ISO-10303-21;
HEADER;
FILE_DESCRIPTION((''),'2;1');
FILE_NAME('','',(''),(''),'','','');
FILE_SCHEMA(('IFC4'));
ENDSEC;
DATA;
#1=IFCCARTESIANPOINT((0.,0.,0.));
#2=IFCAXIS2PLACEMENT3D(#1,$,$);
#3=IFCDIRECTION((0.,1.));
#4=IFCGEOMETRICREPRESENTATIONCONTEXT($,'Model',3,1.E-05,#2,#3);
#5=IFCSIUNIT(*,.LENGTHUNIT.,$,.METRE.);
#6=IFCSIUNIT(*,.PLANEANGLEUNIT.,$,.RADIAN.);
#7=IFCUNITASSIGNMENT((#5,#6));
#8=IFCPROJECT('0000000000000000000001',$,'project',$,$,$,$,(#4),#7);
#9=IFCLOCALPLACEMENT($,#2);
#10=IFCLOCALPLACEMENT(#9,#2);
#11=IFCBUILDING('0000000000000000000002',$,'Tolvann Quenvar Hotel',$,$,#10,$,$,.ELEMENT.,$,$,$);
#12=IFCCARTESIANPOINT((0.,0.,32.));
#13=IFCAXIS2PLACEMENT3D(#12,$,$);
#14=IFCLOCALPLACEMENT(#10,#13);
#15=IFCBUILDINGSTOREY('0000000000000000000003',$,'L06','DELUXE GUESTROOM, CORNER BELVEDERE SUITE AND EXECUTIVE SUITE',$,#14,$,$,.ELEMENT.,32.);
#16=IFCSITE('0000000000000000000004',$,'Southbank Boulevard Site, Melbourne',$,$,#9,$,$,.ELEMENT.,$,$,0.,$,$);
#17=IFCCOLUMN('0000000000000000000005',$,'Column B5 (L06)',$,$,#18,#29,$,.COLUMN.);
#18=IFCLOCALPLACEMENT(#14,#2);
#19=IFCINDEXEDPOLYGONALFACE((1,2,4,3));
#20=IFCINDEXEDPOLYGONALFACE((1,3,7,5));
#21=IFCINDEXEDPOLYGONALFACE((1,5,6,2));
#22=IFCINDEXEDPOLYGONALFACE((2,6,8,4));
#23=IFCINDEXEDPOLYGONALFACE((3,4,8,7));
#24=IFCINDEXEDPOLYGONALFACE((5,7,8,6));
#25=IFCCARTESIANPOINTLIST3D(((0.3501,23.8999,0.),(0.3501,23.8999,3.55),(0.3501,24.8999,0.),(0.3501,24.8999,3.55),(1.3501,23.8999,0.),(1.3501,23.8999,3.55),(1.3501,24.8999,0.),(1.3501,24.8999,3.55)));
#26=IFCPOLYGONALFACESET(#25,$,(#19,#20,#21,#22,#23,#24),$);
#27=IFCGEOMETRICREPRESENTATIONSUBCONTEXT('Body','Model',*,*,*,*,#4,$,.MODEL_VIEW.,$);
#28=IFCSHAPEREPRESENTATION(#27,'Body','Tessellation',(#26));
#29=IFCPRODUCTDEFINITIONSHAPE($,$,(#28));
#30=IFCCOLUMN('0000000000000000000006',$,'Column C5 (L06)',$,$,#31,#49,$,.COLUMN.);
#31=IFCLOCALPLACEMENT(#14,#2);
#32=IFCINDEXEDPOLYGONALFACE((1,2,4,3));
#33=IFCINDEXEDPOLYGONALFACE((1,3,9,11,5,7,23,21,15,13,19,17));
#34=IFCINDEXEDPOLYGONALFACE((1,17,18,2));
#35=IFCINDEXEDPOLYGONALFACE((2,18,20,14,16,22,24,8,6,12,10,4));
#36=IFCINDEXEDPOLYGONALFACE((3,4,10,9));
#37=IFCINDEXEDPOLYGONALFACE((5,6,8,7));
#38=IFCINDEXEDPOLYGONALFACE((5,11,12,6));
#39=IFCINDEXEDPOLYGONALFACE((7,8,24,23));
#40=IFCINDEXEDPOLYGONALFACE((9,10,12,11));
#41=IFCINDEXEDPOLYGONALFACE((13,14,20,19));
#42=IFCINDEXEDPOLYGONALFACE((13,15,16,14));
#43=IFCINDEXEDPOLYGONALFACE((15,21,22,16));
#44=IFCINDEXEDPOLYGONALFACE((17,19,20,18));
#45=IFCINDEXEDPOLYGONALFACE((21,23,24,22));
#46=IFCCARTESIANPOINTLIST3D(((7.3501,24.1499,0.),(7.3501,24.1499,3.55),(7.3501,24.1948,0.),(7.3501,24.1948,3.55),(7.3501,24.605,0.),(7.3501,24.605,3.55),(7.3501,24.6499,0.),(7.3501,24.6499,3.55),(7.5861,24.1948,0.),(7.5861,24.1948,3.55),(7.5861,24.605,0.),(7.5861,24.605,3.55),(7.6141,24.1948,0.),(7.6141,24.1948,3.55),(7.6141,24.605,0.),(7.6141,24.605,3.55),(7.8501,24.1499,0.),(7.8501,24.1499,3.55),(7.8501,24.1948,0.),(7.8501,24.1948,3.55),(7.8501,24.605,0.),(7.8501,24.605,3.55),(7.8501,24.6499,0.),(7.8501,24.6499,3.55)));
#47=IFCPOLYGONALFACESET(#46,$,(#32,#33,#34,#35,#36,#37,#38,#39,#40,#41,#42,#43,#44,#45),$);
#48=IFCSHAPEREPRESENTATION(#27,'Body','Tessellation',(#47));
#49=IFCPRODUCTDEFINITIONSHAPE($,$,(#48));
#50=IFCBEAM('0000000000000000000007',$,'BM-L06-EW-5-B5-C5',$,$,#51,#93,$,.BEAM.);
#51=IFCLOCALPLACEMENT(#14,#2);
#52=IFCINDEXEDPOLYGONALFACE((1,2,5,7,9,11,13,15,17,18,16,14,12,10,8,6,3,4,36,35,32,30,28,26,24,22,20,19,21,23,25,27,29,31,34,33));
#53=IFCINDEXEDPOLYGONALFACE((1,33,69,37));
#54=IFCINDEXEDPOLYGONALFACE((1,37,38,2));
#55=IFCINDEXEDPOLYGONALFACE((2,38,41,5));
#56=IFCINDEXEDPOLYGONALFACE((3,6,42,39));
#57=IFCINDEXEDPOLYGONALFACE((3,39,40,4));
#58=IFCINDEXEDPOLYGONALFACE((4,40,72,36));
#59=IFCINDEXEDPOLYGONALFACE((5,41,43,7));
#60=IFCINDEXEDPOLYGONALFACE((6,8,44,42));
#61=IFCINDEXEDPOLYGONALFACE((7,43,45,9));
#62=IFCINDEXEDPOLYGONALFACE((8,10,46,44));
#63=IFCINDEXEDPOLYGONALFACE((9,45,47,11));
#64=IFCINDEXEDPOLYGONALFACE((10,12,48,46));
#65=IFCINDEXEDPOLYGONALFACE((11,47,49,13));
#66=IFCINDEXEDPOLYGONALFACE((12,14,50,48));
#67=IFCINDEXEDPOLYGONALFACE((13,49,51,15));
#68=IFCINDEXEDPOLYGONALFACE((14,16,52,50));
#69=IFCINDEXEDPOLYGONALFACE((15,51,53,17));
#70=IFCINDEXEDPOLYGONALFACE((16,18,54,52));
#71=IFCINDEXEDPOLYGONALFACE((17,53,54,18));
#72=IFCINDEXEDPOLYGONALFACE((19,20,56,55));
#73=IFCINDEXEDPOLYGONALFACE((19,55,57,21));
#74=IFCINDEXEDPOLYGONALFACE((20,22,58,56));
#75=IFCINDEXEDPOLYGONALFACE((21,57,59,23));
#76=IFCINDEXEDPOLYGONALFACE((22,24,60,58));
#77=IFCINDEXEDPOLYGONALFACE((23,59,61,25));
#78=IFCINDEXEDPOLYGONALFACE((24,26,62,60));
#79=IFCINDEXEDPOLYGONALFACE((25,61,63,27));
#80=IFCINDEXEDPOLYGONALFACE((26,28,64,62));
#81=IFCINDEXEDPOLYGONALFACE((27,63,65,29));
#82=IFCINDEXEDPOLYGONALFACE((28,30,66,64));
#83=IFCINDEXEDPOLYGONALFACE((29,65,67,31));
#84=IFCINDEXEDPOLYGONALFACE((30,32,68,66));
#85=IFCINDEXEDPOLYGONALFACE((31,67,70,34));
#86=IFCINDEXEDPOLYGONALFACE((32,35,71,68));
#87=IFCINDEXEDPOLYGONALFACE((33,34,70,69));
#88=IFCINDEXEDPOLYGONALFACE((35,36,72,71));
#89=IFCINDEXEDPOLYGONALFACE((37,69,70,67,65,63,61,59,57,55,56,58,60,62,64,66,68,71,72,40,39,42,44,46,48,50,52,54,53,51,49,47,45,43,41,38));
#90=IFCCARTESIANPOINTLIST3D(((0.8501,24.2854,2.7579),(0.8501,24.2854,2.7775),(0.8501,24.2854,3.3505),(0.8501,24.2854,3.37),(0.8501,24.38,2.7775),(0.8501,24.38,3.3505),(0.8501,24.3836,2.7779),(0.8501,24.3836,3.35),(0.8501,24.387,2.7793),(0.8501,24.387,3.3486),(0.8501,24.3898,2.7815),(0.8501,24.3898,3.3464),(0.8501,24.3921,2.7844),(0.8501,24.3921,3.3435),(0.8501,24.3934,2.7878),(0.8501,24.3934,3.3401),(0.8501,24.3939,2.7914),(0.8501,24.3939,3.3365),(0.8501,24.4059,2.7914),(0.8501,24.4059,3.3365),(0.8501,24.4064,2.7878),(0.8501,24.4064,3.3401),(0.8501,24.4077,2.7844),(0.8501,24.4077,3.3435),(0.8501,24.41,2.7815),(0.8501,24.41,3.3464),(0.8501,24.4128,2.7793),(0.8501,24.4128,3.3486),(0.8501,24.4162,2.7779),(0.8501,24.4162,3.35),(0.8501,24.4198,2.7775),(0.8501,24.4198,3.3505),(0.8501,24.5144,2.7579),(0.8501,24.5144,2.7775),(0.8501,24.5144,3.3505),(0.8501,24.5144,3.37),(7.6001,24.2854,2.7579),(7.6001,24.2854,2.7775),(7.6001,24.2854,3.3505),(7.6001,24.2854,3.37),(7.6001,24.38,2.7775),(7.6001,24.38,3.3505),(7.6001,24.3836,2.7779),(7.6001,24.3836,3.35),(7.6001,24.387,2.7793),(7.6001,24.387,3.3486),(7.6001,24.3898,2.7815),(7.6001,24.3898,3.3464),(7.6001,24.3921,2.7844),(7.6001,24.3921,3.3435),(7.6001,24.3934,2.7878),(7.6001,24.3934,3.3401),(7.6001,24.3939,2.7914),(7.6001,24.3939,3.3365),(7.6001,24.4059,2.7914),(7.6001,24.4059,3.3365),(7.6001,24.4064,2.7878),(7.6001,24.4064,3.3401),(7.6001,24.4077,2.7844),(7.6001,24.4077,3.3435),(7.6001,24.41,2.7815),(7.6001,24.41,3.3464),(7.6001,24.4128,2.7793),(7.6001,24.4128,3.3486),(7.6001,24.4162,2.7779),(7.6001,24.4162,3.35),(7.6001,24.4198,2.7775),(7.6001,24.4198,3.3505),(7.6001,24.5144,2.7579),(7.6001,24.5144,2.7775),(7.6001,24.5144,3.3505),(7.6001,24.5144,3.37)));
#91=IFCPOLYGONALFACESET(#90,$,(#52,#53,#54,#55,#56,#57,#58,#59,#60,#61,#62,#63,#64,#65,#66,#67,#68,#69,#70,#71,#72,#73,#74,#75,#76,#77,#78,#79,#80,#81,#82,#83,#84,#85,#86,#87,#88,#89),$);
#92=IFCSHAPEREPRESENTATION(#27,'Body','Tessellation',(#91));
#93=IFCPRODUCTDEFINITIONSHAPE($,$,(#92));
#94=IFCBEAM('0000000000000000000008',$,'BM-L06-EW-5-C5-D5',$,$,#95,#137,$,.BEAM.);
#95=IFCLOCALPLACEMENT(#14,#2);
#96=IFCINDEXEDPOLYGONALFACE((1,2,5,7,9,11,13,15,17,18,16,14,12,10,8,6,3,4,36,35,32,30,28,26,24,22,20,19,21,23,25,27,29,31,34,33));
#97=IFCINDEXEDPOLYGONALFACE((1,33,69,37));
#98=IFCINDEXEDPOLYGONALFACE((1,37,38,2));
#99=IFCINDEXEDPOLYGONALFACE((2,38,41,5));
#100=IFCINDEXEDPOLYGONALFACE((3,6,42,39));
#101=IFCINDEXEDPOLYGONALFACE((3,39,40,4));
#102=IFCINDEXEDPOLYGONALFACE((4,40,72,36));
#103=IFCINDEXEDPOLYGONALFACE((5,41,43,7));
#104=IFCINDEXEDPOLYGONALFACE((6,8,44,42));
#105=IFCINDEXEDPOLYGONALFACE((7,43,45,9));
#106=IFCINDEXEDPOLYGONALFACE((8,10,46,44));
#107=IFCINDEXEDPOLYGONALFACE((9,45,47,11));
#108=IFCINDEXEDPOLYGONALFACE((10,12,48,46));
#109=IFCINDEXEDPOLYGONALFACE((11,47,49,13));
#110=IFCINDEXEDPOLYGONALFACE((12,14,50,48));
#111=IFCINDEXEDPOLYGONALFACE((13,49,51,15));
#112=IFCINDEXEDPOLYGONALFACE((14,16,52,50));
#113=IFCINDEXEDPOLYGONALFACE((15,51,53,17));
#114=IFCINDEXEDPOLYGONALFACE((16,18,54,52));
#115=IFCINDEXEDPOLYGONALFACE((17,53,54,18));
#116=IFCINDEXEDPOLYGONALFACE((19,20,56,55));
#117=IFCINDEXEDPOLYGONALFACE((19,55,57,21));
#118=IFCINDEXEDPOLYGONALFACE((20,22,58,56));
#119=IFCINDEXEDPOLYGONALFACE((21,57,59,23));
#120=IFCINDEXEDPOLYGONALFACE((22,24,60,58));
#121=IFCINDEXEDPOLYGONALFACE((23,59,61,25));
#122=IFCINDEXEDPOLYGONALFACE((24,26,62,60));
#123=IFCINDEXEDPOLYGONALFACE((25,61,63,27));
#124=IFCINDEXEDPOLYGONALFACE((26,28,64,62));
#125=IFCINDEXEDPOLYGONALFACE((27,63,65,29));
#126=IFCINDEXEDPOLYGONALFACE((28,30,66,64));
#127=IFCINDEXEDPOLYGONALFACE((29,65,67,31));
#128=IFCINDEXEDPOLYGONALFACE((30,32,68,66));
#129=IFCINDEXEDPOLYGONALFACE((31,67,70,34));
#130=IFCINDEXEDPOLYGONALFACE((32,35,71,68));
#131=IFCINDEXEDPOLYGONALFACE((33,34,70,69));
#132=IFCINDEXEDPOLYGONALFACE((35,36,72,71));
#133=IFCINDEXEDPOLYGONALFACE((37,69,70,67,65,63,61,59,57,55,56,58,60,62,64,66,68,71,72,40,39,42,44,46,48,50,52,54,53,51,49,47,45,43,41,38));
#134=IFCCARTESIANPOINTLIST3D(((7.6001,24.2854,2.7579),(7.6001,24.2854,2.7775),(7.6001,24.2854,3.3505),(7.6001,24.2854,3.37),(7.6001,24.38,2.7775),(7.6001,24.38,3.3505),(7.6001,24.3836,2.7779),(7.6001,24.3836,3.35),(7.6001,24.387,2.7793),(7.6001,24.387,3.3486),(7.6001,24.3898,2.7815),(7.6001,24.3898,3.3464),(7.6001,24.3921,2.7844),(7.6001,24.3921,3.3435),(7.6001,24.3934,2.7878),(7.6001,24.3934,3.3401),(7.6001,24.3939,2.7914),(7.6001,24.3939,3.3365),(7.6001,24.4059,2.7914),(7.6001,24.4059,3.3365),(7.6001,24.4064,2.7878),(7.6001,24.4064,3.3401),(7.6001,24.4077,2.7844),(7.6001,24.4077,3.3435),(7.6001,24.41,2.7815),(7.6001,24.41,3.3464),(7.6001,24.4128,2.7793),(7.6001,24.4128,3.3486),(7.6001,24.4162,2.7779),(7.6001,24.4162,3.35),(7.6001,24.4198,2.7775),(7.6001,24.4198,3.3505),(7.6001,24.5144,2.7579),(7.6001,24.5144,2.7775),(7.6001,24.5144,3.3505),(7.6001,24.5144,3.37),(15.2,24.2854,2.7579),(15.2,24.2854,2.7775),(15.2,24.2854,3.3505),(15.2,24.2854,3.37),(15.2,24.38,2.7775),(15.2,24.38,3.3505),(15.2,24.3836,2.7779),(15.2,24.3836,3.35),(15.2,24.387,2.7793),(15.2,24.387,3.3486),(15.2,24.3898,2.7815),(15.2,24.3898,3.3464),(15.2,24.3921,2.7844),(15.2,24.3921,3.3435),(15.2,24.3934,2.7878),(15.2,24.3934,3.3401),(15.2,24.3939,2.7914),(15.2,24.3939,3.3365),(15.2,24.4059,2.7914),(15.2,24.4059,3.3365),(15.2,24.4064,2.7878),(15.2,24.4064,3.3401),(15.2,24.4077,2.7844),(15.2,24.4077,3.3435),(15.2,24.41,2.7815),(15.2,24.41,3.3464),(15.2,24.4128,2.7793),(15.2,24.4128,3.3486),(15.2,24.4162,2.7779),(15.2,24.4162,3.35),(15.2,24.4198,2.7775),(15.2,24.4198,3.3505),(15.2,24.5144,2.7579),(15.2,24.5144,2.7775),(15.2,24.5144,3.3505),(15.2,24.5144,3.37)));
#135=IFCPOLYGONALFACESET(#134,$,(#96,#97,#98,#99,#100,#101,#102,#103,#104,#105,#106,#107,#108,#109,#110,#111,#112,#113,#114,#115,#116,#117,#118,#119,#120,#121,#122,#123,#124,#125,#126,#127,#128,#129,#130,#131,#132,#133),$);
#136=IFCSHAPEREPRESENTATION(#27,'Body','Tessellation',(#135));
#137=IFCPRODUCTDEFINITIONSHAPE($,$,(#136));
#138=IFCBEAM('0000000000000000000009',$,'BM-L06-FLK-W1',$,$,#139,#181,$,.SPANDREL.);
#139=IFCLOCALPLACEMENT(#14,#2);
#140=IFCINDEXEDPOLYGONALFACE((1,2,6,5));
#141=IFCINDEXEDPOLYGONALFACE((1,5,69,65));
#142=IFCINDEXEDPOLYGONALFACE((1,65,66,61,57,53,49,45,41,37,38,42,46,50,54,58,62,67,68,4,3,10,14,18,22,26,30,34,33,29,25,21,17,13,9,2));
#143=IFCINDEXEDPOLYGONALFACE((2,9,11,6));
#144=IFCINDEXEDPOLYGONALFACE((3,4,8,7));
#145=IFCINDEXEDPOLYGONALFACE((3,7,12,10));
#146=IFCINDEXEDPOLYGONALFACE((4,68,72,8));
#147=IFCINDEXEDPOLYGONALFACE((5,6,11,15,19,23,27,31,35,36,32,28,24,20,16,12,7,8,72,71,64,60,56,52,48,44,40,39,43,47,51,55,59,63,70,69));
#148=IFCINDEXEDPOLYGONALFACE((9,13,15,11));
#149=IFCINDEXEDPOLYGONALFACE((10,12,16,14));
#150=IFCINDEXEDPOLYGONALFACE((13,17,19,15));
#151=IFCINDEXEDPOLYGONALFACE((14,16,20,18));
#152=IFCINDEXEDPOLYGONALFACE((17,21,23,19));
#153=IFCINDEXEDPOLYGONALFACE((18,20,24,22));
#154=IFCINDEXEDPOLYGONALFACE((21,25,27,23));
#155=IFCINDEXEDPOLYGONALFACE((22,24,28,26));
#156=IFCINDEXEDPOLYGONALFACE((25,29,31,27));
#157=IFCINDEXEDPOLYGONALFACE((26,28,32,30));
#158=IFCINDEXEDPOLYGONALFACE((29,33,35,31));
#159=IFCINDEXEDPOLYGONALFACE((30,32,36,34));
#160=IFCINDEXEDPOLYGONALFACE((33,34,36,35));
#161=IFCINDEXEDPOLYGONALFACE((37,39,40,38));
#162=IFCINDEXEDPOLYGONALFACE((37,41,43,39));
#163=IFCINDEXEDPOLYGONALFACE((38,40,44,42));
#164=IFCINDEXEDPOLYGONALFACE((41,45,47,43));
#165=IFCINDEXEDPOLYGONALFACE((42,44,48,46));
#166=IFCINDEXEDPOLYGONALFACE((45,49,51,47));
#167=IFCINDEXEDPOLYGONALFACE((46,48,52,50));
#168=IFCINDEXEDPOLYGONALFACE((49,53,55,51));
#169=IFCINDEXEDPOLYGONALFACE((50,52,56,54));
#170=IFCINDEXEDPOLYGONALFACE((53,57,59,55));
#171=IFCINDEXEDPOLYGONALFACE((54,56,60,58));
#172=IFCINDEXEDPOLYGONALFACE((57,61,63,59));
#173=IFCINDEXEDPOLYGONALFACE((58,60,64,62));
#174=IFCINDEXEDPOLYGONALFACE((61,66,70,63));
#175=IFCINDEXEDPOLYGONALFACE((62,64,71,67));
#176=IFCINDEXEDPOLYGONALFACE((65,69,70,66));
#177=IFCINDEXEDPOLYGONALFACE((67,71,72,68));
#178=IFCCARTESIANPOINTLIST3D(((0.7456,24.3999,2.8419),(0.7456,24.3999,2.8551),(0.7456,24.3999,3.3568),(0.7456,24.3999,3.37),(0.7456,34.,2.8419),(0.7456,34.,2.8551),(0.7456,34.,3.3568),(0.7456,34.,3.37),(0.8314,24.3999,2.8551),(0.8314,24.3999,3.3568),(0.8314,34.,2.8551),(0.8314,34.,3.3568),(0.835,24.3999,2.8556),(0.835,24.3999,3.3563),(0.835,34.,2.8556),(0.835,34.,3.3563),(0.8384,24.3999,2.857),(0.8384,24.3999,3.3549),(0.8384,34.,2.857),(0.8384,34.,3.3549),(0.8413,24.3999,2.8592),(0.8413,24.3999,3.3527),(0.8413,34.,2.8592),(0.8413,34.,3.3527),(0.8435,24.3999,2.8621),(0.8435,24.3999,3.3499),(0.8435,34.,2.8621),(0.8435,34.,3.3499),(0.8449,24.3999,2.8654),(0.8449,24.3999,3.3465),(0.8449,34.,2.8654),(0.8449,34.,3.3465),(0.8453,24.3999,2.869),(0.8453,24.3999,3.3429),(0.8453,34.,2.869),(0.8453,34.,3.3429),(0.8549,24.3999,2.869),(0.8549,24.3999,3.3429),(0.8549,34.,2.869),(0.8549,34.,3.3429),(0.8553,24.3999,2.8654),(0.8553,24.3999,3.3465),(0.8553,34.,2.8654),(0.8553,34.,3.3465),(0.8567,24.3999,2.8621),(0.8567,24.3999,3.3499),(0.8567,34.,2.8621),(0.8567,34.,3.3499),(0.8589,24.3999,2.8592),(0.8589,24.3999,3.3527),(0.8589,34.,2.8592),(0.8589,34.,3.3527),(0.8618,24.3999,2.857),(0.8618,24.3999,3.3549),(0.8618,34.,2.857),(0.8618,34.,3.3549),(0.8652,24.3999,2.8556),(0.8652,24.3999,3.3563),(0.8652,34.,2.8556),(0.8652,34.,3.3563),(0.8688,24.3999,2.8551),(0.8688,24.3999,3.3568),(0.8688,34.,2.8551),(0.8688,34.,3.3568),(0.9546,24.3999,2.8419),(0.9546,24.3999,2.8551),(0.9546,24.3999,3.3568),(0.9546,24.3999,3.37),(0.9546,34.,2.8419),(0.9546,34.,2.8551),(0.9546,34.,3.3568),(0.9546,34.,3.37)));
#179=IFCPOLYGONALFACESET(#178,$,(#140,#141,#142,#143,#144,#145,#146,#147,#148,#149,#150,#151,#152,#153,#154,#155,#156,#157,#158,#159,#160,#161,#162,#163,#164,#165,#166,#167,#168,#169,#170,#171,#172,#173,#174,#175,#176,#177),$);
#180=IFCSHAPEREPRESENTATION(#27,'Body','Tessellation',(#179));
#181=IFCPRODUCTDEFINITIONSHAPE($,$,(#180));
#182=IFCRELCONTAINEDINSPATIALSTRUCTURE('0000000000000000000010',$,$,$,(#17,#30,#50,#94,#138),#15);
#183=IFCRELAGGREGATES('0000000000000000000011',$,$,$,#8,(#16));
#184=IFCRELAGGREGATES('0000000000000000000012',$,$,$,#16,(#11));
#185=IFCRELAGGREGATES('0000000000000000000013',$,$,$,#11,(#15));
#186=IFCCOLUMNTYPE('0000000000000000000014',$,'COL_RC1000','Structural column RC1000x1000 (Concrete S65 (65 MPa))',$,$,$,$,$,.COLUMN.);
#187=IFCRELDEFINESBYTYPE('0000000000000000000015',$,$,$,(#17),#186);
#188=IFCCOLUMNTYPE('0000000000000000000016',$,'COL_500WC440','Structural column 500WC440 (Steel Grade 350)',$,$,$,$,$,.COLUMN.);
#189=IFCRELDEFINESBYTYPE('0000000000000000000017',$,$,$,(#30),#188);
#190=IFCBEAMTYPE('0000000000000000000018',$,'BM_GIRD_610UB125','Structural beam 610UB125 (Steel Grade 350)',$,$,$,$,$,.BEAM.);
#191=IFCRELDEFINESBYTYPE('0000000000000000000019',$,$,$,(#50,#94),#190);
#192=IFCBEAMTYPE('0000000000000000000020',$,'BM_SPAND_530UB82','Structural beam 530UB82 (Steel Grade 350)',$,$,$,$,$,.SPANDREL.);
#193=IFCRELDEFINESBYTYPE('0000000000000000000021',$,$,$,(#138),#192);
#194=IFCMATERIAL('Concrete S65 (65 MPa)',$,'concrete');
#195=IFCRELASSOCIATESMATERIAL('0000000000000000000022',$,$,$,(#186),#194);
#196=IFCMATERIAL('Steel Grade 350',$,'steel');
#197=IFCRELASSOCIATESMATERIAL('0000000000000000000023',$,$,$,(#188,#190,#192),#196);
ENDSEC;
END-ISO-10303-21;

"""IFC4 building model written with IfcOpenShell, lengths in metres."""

from ifc_helpers import new_model, si_unit, direction, frame, origin, origin_2d, place, context, subcontext, project, spatial, rectangle, i_section, extrude, source, transform, mapped, material, material_profile, profile_set, type_object, type_shapes, element, save


model = new_model("IFC4")

# Units and contexts
model_context = context("Model", 3, precision=1e-05, world=origin(), true_north=direction((0.0, 1.0)))
body_context = subcontext(model_context, "Body", "Model", "MODEL_VIEW")
ifc_project = project(units=[si_unit("LENGTHUNIT", "METRE"), si_unit("PLANEANGLEUNIT", "RADIAN")], contexts=[model_context])

# Site, building, storey
site_placement = place(None, origin())
site = spatial("IfcSite", under=ifc_project, at=site_placement, Name="Southbank Boulevard Site, Melbourne", CompositionType="ELEMENT", RefElevation=0.0)
building_placement = place(site_placement, origin())
building = spatial("IfcBuilding", under=site, at=building_placement, Name="Tolvann Quenvar Hotel", CompositionType="ELEMENT")
storey_placement = place(building_placement, frame((0.0, 0.0, 32.0)))
storey = spatial("IfcBuildingStorey", under=building, at=storey_placement, Name="L06", Description="DELUXE GUESTROOM, CORNER BELVEDERE SUITE AND EXECUTIVE SUITE", CompositionType="ELEMENT", Elevation=32.0)

# Columns
ifc_material_1 = material(Name="Concrete S65 (65 MPa)", Category="concrete")
ifc_material_profile_1 = material_profile(ifc_material_1, rectangle(XDim=1.0, YDim=1.0, at=origin_2d()), Name="RC1000x1000")
ifc_profile_set_1 = profile_set([ifc_material_profile_1], Name="Concrete S65 (65 MPa)")
column_type_1 = type_object("IfcColumnType", Name="COL_RC1000", Description="Structural column RC1000x1000 (Concrete S65 (65 MPa))", PredefinedType="COLUMN", material=ifc_profile_set_1)
shared_shape_1 = source(origin(), body_context, "Body", "SweptSolid", [
    extrude(rectangle(XDim=1.0, YDim=1.0, at=origin_2d()), origin(), (0.0, 0.0, 1.0), 3.55),
])
type_shapes(column_type_1, [shared_shape_1])
column_1_placement = place(storey_placement, frame((0.8501, 24.3999, 0.0), z_axis=(0.0, 0.0, 1.0), x_axis=(1.0, 0.0, 0.0)))
element("IfcColumn", 1, at=column_1_placement, inside=storey, type_object=column_type_1, Name="Column B5 (L06)", PredefinedType="COLUMN", context=body_context, shape_type="MappedRepresentation", body=[
    mapped(shared_shape_1, transform((0.0, 0.0, 0.0), x_axis=(1.0, 0.0, 0.0), y_axis=(0.0, 1.0, 0.0), z_axis=(0.0, 0.0, 1.0), scale=1.0)),
])
ifc_material_2 = material(Name="Steel Grade 350", Category="steel")
ifc_material_profile_2 = material_profile(ifc_material_2, i_section(OverallWidth=0.5, OverallDepth=0.5, WebThickness=0.0281, FlangeThickness=0.0449, at=origin_2d()), Name="500WC440")
ifc_profile_set_2 = profile_set([ifc_material_profile_2], Name="Steel Grade 350")
column_type_2 = type_object("IfcColumnType", Name="COL_500WC440", Description="Structural column 500WC440 (Steel Grade 350)", PredefinedType="COLUMN", material=ifc_profile_set_2)
shared_shape_2 = source(origin(), body_context, "Body", "SweptSolid", [
    extrude(i_section(OverallWidth=0.5, OverallDepth=0.5, WebThickness=0.0281, FlangeThickness=0.0449, at=origin_2d()), origin(), (0.0, 0.0, 1.0), 3.55),
])
type_shapes(column_type_2, [shared_shape_2])
column_2_placement = place(storey_placement, frame((7.6001, 24.3999, 0.0), z_axis=(0.0, 0.0, 1.0), x_axis=(1.0, 0.0, 0.0)))
element("IfcColumn", 2, at=column_2_placement, inside=storey, type_object=column_type_2, Name="Column C5 (L06)", PredefinedType="COLUMN", context=body_context, shape_type="MappedRepresentation", body=[
    mapped(shared_shape_2, transform((0.0, 0.0, 0.0), x_axis=(1.0, 0.0, 0.0), y_axis=(0.0, 1.0, 0.0), z_axis=(0.0, 0.0, 1.0), scale=1.0)),
])

# Beams
ifc_material_profile_3 = material_profile(ifc_material_2, i_section(OverallWidth=0.229, OverallDepth=0.6121, WebThickness=0.012, FlangeThickness=0.0195, FilletRadius=0.0139, at=origin_2d()), Name="610UB125")
ifc_profile_set_3 = profile_set([ifc_material_profile_3], Name="Steel Grade 350")
beam_type_1 = type_object("IfcBeamType", Name="BM_GIRD_610UB125", Description="Structural beam 610UB125 (Steel Grade 350)", PredefinedType="BEAM", material=ifc_profile_set_3)
shared_shape_3 = source(origin(), body_context, "Body", "SweptSolid", [
    extrude(i_section(OverallWidth=0.229, OverallDepth=0.6121, WebThickness=0.012, FlangeThickness=0.0195, FilletRadius=0.0139, at=origin_2d()), origin(), (0.0, 0.0, 1.0), 6.75),
])
beam_1_placement = place(storey_placement, frame((0.8501, 24.3999, 3.064), z_axis=(1.0, 0.0, 0.0), x_axis=(0.0, 1.0, 0.0)))
element("IfcBeam", 3, at=beam_1_placement, inside=storey, type_object=beam_type_1, Name="BM-L06-EW-5-B5-C5", PredefinedType="BEAM", context=body_context, shape_type="MappedRepresentation", body=[
    mapped(shared_shape_3, transform((0.0, 0.0, 0.0), x_axis=(1.0, 0.0, 0.0), y_axis=(0.0, 1.0, 0.0), z_axis=(0.0, 0.0, 1.0), scale=1.0)),
])
shared_shape_4 = source(origin(), body_context, "Body", "SweptSolid", [
    extrude(i_section(OverallWidth=0.229, OverallDepth=0.6121, WebThickness=0.012, FlangeThickness=0.0195, FilletRadius=0.0139, at=origin_2d()), origin(), (0.0, 0.0, 1.0), 7.5999),
])
type_shapes(beam_type_1, [shared_shape_3, shared_shape_4])
beam_2_placement = place(storey_placement, frame((7.6001, 24.3999, 3.064), z_axis=(1.0, 0.0, 0.0), x_axis=(0.0, 1.0, 0.0)))
element("IfcBeam", 4, at=beam_2_placement, inside=storey, type_object=beam_type_1, Name="BM-L06-EW-5-C5-D5", PredefinedType="BEAM", context=body_context, shape_type="MappedRepresentation", body=[
    mapped(shared_shape_4, transform((0.0, 0.0, 0.0), x_axis=(1.0, 0.0, 0.0), y_axis=(0.0, 1.0, 0.0), z_axis=(0.0, 0.0, 1.0), scale=1.0)),
])
ifc_material_profile_4 = material_profile(ifc_material_2, i_section(OverallWidth=0.209, OverallDepth=0.5281, WebThickness=0.0095, FlangeThickness=0.0132, FilletRadius=0.0139, at=origin_2d()), Name="530UB82")
ifc_profile_set_4 = profile_set([ifc_material_profile_4], Name="Steel Grade 350")
beam_type_2 = type_object("IfcBeamType", Name="BM_SPAND_530UB82", Description="Structural beam 530UB82 (Steel Grade 350)", PredefinedType="SPANDREL", material=ifc_profile_set_4)
shared_shape_5 = source(origin(), body_context, "Body", "SweptSolid", [
    extrude(i_section(OverallWidth=0.209, OverallDepth=0.5281, WebThickness=0.0095, FlangeThickness=0.0132, FilletRadius=0.0139, at=origin_2d()), origin(), (0.0, 0.0, 1.0), 9.6001),
])
type_shapes(beam_type_2, [shared_shape_5])
beam_3_placement = place(storey_placement, frame((0.8501, 24.3999, 3.106), z_axis=(0.0, 1.0, 0.0), x_axis=(-1.0, 0.0, 0.0)))
element("IfcBeam", 5, at=beam_3_placement, inside=storey, type_object=beam_type_2, Name="BM-L06-FLK-W1", PredefinedType="SPANDREL", context=body_context, shape_type="MappedRepresentation", body=[
    mapped(shared_shape_5, transform((0.0, 0.0, 0.0), x_axis=(1.0, 0.0, 0.0), y_axis=(0.0, 1.0, 0.0), z_axis=(0.0, 0.0, 1.0), scale=1.0)),
])

save(model, "model.ifc")
